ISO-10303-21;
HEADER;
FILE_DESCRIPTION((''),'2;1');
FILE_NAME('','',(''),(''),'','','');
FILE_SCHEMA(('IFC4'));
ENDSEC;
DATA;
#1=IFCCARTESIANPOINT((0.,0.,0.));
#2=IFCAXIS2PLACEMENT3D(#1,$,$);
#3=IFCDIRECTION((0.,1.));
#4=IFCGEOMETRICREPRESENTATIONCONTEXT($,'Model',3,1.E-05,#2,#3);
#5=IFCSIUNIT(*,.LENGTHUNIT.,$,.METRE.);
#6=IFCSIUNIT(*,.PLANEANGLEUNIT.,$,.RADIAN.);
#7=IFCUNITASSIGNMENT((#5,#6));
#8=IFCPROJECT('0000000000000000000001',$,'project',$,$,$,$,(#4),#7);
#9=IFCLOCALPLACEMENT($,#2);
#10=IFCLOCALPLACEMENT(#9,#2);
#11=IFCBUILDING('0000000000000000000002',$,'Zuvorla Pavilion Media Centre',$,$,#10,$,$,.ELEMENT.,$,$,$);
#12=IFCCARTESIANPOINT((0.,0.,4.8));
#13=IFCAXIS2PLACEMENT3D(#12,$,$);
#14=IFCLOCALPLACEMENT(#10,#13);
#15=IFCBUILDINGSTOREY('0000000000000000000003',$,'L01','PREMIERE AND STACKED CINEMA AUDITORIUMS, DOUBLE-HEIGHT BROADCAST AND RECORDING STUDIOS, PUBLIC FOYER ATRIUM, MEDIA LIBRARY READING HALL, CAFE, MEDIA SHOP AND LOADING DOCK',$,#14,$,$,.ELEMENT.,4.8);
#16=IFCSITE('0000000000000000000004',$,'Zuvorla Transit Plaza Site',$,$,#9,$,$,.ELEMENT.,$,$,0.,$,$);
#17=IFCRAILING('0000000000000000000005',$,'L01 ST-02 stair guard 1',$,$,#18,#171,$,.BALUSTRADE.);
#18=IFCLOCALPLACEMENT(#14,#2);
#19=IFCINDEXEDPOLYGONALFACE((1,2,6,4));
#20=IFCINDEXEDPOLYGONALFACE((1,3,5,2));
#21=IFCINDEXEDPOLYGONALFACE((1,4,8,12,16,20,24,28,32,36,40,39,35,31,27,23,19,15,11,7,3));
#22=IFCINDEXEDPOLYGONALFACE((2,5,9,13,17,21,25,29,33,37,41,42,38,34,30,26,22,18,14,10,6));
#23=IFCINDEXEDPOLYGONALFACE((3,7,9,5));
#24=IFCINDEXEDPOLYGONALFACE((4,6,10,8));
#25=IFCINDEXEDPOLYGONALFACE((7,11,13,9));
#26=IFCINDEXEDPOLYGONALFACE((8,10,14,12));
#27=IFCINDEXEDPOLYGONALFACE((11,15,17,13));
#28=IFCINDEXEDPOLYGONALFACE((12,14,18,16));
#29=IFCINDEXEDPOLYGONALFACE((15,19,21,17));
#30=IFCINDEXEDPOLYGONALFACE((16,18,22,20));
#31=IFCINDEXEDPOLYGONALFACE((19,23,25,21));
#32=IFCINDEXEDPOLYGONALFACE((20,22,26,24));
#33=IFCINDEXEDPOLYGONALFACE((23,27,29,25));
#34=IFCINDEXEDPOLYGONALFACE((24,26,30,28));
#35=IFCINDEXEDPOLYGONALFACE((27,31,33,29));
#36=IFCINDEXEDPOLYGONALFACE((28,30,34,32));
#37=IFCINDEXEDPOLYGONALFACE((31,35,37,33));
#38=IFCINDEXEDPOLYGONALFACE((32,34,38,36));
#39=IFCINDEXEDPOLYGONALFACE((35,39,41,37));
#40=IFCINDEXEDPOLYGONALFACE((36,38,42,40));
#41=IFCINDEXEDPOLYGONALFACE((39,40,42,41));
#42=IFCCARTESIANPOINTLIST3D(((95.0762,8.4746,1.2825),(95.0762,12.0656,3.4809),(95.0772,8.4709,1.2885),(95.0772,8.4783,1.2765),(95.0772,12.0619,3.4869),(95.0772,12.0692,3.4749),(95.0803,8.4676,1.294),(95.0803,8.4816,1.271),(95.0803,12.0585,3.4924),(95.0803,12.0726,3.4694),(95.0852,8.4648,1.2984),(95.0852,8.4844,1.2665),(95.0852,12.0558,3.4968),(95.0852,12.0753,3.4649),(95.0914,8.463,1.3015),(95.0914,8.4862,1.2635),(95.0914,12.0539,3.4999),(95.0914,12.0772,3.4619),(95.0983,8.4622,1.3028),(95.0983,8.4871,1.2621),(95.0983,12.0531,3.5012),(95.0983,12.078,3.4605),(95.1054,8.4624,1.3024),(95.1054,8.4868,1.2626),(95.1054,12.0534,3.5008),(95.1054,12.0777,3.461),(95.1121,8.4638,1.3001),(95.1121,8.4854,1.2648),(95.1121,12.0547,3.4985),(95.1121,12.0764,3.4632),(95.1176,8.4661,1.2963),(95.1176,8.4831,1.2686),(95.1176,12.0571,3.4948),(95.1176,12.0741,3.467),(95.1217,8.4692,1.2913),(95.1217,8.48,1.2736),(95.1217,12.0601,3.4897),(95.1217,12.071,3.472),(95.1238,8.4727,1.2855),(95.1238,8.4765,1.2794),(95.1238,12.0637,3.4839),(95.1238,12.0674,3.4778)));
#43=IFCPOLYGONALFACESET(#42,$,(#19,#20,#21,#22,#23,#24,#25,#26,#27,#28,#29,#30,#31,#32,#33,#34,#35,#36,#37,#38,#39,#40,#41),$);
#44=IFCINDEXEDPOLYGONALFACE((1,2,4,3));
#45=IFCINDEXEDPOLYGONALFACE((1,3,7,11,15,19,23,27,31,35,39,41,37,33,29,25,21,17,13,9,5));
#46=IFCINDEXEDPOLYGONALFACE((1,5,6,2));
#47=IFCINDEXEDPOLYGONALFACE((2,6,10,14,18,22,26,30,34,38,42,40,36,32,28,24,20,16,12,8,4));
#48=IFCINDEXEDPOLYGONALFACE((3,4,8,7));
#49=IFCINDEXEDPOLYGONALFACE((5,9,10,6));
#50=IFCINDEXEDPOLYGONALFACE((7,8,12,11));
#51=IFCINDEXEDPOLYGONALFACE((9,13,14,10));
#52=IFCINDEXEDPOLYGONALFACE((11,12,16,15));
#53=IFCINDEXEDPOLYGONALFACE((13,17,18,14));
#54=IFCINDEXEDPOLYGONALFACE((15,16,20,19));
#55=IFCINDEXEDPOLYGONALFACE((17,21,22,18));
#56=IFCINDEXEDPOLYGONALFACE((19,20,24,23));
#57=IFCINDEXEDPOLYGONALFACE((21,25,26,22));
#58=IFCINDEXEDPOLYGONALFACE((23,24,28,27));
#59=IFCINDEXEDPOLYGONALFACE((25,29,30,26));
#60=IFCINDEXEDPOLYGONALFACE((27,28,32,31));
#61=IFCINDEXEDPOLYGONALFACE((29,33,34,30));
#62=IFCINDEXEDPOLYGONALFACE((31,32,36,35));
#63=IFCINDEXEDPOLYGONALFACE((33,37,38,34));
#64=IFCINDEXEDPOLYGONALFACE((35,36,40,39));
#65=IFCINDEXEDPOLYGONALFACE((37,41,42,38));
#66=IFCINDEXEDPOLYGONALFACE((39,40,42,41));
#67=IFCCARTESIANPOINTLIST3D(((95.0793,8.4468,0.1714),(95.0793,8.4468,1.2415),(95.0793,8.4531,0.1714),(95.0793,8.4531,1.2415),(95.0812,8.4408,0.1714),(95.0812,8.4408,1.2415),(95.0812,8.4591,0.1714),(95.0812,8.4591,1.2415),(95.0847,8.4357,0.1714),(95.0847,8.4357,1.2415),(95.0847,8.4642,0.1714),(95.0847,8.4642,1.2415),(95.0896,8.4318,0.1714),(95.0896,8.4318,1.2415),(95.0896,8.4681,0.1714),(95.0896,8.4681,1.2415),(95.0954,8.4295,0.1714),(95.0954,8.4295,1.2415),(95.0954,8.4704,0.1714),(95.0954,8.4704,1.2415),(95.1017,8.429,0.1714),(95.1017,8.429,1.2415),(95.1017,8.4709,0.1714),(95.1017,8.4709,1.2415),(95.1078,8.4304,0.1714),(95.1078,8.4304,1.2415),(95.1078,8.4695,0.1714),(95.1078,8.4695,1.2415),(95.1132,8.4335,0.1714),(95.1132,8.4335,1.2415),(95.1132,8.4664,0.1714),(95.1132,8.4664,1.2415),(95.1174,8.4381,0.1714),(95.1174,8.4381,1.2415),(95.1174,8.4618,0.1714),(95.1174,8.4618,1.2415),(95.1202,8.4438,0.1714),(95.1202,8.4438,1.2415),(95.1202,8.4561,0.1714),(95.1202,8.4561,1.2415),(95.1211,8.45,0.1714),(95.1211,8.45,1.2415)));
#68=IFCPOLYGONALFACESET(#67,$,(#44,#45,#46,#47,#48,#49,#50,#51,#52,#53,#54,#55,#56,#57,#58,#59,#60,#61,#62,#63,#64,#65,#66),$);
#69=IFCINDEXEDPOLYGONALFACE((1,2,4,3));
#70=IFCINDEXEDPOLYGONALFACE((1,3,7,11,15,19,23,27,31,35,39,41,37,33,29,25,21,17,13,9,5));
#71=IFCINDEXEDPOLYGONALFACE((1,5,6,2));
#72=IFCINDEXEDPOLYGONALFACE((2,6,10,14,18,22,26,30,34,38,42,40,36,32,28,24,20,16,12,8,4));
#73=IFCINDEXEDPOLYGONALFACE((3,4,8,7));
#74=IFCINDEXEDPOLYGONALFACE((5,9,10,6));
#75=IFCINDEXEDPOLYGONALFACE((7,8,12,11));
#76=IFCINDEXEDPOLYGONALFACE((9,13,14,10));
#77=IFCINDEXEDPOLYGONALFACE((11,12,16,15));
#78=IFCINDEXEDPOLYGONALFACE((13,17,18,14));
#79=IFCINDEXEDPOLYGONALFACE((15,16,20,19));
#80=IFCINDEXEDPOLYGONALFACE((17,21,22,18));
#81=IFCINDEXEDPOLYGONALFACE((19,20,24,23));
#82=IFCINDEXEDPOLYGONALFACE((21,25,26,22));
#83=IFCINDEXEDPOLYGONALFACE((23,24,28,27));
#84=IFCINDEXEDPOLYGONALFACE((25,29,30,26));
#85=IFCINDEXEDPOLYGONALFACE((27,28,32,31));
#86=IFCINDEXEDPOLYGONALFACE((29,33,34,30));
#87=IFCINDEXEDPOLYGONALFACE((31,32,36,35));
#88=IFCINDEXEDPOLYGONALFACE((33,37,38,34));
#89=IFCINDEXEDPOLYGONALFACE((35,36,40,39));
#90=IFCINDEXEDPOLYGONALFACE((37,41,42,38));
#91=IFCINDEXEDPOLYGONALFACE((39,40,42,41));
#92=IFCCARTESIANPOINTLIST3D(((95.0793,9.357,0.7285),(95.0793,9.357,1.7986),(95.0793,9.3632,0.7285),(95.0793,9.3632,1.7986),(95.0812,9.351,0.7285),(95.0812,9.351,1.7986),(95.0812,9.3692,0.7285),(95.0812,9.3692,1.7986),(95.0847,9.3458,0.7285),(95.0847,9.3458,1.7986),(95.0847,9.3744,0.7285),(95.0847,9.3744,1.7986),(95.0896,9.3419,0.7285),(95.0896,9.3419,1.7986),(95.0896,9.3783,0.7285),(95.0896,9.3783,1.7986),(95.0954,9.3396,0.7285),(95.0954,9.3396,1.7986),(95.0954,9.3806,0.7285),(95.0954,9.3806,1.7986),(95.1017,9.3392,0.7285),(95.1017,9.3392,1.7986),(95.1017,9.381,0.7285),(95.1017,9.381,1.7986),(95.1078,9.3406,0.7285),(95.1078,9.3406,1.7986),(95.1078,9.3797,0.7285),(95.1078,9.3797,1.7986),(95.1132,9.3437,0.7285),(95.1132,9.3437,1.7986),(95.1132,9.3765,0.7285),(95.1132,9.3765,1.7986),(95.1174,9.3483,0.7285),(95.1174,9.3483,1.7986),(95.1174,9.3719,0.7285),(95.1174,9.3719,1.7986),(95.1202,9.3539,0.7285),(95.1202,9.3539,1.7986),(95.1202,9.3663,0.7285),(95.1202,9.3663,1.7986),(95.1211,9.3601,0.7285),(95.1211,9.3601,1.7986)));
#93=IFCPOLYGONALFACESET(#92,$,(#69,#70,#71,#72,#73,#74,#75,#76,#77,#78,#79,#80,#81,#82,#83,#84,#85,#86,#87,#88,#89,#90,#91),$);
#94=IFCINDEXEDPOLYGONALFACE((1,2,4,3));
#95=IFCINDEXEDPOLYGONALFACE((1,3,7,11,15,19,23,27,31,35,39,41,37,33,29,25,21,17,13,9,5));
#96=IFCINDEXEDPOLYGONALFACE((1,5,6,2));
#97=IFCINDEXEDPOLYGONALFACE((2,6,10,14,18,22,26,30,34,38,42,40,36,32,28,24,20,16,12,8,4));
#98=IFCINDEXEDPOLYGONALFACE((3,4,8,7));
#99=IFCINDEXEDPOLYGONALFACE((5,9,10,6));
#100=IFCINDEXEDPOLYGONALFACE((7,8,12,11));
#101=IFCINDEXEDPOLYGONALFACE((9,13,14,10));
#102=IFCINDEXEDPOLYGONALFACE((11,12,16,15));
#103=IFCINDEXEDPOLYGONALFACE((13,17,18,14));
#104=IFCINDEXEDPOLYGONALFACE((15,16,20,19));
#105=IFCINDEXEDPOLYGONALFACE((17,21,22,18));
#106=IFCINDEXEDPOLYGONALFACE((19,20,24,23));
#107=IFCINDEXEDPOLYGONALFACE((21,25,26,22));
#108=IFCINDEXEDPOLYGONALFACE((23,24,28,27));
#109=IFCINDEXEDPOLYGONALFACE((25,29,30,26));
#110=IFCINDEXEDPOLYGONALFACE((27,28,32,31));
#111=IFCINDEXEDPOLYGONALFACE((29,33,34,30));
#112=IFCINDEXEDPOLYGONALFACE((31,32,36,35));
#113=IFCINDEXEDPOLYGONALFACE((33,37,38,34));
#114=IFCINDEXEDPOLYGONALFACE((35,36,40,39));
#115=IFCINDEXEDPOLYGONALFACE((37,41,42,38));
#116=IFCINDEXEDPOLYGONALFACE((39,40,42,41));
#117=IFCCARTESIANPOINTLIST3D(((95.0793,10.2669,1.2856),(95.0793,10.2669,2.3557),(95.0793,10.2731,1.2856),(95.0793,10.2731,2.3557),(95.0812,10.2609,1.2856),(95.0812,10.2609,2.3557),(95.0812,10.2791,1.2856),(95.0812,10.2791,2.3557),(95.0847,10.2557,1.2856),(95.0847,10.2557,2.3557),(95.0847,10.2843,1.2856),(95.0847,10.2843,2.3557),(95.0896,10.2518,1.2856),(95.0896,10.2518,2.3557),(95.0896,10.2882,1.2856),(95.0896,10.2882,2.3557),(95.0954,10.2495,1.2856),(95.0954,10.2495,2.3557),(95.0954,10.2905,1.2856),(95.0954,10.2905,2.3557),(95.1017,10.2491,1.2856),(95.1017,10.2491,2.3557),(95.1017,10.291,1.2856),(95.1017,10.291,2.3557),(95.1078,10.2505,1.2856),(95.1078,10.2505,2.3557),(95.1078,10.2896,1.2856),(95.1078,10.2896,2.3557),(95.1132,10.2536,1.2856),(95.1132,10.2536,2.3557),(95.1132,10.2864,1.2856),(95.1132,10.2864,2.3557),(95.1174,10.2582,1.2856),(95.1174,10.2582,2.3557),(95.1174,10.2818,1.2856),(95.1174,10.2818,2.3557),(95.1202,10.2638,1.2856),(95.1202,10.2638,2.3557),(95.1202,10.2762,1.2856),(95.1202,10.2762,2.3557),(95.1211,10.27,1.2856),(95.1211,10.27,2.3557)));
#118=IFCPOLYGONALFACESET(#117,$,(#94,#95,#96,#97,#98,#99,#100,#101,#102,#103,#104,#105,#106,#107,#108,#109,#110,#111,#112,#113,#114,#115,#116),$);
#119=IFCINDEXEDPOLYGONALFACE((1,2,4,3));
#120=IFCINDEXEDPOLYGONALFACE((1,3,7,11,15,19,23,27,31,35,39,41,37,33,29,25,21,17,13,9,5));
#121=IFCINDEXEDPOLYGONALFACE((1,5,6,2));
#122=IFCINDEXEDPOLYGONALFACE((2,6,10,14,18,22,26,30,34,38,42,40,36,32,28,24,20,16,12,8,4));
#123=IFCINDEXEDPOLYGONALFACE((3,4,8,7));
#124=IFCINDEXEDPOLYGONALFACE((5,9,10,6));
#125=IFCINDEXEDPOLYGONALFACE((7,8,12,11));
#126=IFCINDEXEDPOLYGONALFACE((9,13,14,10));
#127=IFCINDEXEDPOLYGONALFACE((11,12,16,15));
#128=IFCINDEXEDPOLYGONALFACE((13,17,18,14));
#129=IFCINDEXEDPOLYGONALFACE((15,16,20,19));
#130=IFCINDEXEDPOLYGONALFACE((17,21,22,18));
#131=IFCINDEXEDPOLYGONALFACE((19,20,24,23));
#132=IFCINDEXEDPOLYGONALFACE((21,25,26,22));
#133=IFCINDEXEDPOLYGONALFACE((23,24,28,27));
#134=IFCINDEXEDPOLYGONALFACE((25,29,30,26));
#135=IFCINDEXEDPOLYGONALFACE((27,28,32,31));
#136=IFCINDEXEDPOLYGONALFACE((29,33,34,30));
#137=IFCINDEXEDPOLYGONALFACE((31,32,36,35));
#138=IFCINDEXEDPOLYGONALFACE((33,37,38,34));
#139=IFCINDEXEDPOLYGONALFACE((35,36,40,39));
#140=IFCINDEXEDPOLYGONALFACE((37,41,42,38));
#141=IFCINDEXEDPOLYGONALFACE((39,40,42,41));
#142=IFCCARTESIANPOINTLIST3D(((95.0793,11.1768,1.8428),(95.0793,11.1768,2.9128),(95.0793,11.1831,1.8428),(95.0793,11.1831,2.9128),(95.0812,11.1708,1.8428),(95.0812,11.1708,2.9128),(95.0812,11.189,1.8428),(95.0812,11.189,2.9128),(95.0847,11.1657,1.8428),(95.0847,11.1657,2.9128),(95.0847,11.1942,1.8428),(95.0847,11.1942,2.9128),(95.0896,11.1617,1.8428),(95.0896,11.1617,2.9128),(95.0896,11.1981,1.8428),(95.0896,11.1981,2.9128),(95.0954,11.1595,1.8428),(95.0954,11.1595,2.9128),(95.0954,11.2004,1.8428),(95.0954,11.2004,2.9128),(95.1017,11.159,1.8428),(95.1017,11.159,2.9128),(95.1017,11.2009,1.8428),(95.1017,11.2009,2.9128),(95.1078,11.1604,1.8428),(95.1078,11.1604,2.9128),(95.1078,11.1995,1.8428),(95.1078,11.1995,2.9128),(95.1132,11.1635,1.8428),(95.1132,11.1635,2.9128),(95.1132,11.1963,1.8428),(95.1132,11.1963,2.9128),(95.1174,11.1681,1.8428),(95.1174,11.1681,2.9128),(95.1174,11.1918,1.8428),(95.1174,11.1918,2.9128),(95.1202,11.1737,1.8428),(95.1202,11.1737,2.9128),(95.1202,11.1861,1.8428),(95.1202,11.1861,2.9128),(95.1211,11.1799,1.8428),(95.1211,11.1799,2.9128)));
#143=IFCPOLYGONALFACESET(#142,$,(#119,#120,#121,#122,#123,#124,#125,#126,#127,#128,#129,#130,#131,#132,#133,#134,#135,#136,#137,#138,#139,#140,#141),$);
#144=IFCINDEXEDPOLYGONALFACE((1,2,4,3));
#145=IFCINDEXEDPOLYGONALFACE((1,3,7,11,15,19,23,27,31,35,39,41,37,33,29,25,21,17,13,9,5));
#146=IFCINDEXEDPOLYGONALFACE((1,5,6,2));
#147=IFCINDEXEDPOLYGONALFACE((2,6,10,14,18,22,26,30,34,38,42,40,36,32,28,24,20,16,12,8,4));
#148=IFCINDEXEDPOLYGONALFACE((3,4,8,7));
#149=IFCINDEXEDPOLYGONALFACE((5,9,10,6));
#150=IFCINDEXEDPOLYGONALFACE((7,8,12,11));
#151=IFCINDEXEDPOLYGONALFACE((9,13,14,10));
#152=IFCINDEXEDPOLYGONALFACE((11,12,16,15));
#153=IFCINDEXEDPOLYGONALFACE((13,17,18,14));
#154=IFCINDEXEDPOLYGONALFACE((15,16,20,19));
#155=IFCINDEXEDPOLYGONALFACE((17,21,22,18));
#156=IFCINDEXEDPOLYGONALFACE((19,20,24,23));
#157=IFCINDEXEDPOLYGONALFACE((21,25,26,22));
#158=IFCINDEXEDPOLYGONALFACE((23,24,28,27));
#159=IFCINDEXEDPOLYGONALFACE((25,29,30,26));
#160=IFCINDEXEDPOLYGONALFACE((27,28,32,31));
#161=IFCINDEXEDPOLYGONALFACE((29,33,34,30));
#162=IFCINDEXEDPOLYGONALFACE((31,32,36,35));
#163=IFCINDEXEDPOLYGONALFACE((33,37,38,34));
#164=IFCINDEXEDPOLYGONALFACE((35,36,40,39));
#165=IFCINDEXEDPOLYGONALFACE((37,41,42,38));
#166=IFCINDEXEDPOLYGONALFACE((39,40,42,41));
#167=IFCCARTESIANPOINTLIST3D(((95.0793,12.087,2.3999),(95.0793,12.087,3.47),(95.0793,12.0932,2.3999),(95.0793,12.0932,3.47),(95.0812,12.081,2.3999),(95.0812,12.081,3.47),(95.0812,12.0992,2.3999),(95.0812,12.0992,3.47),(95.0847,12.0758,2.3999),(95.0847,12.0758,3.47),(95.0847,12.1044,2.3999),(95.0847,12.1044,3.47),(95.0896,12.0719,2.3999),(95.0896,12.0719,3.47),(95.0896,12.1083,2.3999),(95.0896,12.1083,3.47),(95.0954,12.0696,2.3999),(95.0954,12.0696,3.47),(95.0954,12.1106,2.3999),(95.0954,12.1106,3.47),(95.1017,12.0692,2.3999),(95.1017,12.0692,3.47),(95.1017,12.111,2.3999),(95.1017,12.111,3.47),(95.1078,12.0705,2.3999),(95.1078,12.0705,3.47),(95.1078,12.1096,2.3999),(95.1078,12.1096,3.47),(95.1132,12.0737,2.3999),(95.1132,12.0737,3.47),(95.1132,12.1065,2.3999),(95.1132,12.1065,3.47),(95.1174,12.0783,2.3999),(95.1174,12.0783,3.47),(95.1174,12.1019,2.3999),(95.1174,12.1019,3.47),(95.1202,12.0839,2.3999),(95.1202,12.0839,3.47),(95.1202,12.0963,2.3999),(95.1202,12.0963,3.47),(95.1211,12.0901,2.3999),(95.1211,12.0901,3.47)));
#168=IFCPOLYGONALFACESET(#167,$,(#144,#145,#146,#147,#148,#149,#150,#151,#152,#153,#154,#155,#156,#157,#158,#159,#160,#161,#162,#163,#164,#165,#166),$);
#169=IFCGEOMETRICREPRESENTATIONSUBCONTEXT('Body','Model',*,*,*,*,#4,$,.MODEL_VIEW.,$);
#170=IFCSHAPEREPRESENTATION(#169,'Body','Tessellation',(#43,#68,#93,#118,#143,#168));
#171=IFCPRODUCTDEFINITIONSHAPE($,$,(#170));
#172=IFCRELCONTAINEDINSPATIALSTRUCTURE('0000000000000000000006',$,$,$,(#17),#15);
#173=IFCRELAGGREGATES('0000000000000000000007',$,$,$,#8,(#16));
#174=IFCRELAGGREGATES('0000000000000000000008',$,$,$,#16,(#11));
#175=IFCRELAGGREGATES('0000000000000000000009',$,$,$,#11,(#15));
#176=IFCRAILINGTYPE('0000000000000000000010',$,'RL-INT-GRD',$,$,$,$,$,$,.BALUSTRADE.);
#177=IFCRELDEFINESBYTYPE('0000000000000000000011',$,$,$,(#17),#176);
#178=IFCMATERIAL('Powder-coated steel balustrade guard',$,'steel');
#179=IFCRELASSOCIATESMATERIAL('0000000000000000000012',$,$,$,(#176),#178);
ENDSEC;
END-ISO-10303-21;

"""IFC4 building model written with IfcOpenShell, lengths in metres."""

from ifc_helpers import new_model, si_unit, direction, frame, origin, origin_2d, place, context, subcontext, project, spatial, circle, extrude, material, type_object, element, save


model = new_model("IFC4")

# Units and contexts
model_context = context("Model", 3, precision=1e-05, world=origin(), true_north=direction((0.0, 1.0)))
body_context = subcontext(model_context, "Body", "Model", "MODEL_VIEW")
ifc_project = project(units=[si_unit("LENGTHUNIT", "METRE"), si_unit("PLANEANGLEUNIT", "RADIAN")], contexts=[model_context])

# Site, building, storey
site_placement = place(None, origin())
site = spatial("IfcSite", under=ifc_project, at=site_placement, Name="Zuvorla Transit Plaza Site", CompositionType="ELEMENT", RefElevation=0.0)
building_placement = place(site_placement, origin())
building = spatial("IfcBuilding", under=site, at=building_placement, Name="Zuvorla Pavilion Media Centre", CompositionType="ELEMENT")
storey_placement = place(building_placement, frame((0.0, 0.0, 4.8)))
storey = spatial("IfcBuildingStorey", under=building, at=storey_placement, Name="L01", Description="PREMIERE AND STACKED CINEMA AUDITORIUMS, DOUBLE-HEIGHT BROADCAST AND RECORDING STUDIOS, PUBLIC FOYER ATRIUM, MEDIA LIBRARY READING HALL, CAFE, MEDIA SHOP AND LOADING DOCK", CompositionType="ELEMENT", Elevation=4.8)

# Railing
ifc_material_1 = material(Name="Powder-coated steel balustrade guard", Category="steel")
railing_type_1 = type_object("IfcRailingType", Name="RL-INT-GRD", PredefinedType="BALUSTRADE", material=ifc_material_1)
railing_1_placement = place(storey_placement, frame((95.1001, 8.45, 0.1714)))
element("IfcRailing", 1, at=railing_1_placement, inside=storey, type_object=railing_type_1, Name="L01 ST-02 stair guard 1", PredefinedType="BALUSTRADE", context=body_context, shape_type="SweptSolid", body=[
    extrude(circle(Radius=0.0239, at=origin_2d()), frame((0.0, 0.0247, 1.1111), z_axis=(0.0, 0.852866, 0.52213), x_axis=(-1.0, 0.0, 0.0)), (0.0, 0.0, 1.0), 4.2104),
    extrude(circle(Radius=0.021, at=origin_2d()), origin(), (0.0, 0.0, 1.0), 1.0701),
    extrude(circle(Radius=0.021, at=origin_2d()), frame((0.0, 0.9102, 0.5571)), (0.0, 0.0, 1.0), 1.0701),
    extrude(circle(Radius=0.021, at=origin_2d()), frame((0.0, 1.8201, 1.1143)), (0.0, 0.0, 1.0), 1.0701),
    extrude(circle(Radius=0.021, at=origin_2d()), frame((0.0, 2.73, 1.6714)), (0.0, 0.0, 1.0), 1.0701),
    extrude(circle(Radius=0.021, at=origin_2d()), frame((0.0, 3.6401, 2.2285)), (0.0, 0.0, 1.0), 1.0701),
])

save(model, "model.ifc")
